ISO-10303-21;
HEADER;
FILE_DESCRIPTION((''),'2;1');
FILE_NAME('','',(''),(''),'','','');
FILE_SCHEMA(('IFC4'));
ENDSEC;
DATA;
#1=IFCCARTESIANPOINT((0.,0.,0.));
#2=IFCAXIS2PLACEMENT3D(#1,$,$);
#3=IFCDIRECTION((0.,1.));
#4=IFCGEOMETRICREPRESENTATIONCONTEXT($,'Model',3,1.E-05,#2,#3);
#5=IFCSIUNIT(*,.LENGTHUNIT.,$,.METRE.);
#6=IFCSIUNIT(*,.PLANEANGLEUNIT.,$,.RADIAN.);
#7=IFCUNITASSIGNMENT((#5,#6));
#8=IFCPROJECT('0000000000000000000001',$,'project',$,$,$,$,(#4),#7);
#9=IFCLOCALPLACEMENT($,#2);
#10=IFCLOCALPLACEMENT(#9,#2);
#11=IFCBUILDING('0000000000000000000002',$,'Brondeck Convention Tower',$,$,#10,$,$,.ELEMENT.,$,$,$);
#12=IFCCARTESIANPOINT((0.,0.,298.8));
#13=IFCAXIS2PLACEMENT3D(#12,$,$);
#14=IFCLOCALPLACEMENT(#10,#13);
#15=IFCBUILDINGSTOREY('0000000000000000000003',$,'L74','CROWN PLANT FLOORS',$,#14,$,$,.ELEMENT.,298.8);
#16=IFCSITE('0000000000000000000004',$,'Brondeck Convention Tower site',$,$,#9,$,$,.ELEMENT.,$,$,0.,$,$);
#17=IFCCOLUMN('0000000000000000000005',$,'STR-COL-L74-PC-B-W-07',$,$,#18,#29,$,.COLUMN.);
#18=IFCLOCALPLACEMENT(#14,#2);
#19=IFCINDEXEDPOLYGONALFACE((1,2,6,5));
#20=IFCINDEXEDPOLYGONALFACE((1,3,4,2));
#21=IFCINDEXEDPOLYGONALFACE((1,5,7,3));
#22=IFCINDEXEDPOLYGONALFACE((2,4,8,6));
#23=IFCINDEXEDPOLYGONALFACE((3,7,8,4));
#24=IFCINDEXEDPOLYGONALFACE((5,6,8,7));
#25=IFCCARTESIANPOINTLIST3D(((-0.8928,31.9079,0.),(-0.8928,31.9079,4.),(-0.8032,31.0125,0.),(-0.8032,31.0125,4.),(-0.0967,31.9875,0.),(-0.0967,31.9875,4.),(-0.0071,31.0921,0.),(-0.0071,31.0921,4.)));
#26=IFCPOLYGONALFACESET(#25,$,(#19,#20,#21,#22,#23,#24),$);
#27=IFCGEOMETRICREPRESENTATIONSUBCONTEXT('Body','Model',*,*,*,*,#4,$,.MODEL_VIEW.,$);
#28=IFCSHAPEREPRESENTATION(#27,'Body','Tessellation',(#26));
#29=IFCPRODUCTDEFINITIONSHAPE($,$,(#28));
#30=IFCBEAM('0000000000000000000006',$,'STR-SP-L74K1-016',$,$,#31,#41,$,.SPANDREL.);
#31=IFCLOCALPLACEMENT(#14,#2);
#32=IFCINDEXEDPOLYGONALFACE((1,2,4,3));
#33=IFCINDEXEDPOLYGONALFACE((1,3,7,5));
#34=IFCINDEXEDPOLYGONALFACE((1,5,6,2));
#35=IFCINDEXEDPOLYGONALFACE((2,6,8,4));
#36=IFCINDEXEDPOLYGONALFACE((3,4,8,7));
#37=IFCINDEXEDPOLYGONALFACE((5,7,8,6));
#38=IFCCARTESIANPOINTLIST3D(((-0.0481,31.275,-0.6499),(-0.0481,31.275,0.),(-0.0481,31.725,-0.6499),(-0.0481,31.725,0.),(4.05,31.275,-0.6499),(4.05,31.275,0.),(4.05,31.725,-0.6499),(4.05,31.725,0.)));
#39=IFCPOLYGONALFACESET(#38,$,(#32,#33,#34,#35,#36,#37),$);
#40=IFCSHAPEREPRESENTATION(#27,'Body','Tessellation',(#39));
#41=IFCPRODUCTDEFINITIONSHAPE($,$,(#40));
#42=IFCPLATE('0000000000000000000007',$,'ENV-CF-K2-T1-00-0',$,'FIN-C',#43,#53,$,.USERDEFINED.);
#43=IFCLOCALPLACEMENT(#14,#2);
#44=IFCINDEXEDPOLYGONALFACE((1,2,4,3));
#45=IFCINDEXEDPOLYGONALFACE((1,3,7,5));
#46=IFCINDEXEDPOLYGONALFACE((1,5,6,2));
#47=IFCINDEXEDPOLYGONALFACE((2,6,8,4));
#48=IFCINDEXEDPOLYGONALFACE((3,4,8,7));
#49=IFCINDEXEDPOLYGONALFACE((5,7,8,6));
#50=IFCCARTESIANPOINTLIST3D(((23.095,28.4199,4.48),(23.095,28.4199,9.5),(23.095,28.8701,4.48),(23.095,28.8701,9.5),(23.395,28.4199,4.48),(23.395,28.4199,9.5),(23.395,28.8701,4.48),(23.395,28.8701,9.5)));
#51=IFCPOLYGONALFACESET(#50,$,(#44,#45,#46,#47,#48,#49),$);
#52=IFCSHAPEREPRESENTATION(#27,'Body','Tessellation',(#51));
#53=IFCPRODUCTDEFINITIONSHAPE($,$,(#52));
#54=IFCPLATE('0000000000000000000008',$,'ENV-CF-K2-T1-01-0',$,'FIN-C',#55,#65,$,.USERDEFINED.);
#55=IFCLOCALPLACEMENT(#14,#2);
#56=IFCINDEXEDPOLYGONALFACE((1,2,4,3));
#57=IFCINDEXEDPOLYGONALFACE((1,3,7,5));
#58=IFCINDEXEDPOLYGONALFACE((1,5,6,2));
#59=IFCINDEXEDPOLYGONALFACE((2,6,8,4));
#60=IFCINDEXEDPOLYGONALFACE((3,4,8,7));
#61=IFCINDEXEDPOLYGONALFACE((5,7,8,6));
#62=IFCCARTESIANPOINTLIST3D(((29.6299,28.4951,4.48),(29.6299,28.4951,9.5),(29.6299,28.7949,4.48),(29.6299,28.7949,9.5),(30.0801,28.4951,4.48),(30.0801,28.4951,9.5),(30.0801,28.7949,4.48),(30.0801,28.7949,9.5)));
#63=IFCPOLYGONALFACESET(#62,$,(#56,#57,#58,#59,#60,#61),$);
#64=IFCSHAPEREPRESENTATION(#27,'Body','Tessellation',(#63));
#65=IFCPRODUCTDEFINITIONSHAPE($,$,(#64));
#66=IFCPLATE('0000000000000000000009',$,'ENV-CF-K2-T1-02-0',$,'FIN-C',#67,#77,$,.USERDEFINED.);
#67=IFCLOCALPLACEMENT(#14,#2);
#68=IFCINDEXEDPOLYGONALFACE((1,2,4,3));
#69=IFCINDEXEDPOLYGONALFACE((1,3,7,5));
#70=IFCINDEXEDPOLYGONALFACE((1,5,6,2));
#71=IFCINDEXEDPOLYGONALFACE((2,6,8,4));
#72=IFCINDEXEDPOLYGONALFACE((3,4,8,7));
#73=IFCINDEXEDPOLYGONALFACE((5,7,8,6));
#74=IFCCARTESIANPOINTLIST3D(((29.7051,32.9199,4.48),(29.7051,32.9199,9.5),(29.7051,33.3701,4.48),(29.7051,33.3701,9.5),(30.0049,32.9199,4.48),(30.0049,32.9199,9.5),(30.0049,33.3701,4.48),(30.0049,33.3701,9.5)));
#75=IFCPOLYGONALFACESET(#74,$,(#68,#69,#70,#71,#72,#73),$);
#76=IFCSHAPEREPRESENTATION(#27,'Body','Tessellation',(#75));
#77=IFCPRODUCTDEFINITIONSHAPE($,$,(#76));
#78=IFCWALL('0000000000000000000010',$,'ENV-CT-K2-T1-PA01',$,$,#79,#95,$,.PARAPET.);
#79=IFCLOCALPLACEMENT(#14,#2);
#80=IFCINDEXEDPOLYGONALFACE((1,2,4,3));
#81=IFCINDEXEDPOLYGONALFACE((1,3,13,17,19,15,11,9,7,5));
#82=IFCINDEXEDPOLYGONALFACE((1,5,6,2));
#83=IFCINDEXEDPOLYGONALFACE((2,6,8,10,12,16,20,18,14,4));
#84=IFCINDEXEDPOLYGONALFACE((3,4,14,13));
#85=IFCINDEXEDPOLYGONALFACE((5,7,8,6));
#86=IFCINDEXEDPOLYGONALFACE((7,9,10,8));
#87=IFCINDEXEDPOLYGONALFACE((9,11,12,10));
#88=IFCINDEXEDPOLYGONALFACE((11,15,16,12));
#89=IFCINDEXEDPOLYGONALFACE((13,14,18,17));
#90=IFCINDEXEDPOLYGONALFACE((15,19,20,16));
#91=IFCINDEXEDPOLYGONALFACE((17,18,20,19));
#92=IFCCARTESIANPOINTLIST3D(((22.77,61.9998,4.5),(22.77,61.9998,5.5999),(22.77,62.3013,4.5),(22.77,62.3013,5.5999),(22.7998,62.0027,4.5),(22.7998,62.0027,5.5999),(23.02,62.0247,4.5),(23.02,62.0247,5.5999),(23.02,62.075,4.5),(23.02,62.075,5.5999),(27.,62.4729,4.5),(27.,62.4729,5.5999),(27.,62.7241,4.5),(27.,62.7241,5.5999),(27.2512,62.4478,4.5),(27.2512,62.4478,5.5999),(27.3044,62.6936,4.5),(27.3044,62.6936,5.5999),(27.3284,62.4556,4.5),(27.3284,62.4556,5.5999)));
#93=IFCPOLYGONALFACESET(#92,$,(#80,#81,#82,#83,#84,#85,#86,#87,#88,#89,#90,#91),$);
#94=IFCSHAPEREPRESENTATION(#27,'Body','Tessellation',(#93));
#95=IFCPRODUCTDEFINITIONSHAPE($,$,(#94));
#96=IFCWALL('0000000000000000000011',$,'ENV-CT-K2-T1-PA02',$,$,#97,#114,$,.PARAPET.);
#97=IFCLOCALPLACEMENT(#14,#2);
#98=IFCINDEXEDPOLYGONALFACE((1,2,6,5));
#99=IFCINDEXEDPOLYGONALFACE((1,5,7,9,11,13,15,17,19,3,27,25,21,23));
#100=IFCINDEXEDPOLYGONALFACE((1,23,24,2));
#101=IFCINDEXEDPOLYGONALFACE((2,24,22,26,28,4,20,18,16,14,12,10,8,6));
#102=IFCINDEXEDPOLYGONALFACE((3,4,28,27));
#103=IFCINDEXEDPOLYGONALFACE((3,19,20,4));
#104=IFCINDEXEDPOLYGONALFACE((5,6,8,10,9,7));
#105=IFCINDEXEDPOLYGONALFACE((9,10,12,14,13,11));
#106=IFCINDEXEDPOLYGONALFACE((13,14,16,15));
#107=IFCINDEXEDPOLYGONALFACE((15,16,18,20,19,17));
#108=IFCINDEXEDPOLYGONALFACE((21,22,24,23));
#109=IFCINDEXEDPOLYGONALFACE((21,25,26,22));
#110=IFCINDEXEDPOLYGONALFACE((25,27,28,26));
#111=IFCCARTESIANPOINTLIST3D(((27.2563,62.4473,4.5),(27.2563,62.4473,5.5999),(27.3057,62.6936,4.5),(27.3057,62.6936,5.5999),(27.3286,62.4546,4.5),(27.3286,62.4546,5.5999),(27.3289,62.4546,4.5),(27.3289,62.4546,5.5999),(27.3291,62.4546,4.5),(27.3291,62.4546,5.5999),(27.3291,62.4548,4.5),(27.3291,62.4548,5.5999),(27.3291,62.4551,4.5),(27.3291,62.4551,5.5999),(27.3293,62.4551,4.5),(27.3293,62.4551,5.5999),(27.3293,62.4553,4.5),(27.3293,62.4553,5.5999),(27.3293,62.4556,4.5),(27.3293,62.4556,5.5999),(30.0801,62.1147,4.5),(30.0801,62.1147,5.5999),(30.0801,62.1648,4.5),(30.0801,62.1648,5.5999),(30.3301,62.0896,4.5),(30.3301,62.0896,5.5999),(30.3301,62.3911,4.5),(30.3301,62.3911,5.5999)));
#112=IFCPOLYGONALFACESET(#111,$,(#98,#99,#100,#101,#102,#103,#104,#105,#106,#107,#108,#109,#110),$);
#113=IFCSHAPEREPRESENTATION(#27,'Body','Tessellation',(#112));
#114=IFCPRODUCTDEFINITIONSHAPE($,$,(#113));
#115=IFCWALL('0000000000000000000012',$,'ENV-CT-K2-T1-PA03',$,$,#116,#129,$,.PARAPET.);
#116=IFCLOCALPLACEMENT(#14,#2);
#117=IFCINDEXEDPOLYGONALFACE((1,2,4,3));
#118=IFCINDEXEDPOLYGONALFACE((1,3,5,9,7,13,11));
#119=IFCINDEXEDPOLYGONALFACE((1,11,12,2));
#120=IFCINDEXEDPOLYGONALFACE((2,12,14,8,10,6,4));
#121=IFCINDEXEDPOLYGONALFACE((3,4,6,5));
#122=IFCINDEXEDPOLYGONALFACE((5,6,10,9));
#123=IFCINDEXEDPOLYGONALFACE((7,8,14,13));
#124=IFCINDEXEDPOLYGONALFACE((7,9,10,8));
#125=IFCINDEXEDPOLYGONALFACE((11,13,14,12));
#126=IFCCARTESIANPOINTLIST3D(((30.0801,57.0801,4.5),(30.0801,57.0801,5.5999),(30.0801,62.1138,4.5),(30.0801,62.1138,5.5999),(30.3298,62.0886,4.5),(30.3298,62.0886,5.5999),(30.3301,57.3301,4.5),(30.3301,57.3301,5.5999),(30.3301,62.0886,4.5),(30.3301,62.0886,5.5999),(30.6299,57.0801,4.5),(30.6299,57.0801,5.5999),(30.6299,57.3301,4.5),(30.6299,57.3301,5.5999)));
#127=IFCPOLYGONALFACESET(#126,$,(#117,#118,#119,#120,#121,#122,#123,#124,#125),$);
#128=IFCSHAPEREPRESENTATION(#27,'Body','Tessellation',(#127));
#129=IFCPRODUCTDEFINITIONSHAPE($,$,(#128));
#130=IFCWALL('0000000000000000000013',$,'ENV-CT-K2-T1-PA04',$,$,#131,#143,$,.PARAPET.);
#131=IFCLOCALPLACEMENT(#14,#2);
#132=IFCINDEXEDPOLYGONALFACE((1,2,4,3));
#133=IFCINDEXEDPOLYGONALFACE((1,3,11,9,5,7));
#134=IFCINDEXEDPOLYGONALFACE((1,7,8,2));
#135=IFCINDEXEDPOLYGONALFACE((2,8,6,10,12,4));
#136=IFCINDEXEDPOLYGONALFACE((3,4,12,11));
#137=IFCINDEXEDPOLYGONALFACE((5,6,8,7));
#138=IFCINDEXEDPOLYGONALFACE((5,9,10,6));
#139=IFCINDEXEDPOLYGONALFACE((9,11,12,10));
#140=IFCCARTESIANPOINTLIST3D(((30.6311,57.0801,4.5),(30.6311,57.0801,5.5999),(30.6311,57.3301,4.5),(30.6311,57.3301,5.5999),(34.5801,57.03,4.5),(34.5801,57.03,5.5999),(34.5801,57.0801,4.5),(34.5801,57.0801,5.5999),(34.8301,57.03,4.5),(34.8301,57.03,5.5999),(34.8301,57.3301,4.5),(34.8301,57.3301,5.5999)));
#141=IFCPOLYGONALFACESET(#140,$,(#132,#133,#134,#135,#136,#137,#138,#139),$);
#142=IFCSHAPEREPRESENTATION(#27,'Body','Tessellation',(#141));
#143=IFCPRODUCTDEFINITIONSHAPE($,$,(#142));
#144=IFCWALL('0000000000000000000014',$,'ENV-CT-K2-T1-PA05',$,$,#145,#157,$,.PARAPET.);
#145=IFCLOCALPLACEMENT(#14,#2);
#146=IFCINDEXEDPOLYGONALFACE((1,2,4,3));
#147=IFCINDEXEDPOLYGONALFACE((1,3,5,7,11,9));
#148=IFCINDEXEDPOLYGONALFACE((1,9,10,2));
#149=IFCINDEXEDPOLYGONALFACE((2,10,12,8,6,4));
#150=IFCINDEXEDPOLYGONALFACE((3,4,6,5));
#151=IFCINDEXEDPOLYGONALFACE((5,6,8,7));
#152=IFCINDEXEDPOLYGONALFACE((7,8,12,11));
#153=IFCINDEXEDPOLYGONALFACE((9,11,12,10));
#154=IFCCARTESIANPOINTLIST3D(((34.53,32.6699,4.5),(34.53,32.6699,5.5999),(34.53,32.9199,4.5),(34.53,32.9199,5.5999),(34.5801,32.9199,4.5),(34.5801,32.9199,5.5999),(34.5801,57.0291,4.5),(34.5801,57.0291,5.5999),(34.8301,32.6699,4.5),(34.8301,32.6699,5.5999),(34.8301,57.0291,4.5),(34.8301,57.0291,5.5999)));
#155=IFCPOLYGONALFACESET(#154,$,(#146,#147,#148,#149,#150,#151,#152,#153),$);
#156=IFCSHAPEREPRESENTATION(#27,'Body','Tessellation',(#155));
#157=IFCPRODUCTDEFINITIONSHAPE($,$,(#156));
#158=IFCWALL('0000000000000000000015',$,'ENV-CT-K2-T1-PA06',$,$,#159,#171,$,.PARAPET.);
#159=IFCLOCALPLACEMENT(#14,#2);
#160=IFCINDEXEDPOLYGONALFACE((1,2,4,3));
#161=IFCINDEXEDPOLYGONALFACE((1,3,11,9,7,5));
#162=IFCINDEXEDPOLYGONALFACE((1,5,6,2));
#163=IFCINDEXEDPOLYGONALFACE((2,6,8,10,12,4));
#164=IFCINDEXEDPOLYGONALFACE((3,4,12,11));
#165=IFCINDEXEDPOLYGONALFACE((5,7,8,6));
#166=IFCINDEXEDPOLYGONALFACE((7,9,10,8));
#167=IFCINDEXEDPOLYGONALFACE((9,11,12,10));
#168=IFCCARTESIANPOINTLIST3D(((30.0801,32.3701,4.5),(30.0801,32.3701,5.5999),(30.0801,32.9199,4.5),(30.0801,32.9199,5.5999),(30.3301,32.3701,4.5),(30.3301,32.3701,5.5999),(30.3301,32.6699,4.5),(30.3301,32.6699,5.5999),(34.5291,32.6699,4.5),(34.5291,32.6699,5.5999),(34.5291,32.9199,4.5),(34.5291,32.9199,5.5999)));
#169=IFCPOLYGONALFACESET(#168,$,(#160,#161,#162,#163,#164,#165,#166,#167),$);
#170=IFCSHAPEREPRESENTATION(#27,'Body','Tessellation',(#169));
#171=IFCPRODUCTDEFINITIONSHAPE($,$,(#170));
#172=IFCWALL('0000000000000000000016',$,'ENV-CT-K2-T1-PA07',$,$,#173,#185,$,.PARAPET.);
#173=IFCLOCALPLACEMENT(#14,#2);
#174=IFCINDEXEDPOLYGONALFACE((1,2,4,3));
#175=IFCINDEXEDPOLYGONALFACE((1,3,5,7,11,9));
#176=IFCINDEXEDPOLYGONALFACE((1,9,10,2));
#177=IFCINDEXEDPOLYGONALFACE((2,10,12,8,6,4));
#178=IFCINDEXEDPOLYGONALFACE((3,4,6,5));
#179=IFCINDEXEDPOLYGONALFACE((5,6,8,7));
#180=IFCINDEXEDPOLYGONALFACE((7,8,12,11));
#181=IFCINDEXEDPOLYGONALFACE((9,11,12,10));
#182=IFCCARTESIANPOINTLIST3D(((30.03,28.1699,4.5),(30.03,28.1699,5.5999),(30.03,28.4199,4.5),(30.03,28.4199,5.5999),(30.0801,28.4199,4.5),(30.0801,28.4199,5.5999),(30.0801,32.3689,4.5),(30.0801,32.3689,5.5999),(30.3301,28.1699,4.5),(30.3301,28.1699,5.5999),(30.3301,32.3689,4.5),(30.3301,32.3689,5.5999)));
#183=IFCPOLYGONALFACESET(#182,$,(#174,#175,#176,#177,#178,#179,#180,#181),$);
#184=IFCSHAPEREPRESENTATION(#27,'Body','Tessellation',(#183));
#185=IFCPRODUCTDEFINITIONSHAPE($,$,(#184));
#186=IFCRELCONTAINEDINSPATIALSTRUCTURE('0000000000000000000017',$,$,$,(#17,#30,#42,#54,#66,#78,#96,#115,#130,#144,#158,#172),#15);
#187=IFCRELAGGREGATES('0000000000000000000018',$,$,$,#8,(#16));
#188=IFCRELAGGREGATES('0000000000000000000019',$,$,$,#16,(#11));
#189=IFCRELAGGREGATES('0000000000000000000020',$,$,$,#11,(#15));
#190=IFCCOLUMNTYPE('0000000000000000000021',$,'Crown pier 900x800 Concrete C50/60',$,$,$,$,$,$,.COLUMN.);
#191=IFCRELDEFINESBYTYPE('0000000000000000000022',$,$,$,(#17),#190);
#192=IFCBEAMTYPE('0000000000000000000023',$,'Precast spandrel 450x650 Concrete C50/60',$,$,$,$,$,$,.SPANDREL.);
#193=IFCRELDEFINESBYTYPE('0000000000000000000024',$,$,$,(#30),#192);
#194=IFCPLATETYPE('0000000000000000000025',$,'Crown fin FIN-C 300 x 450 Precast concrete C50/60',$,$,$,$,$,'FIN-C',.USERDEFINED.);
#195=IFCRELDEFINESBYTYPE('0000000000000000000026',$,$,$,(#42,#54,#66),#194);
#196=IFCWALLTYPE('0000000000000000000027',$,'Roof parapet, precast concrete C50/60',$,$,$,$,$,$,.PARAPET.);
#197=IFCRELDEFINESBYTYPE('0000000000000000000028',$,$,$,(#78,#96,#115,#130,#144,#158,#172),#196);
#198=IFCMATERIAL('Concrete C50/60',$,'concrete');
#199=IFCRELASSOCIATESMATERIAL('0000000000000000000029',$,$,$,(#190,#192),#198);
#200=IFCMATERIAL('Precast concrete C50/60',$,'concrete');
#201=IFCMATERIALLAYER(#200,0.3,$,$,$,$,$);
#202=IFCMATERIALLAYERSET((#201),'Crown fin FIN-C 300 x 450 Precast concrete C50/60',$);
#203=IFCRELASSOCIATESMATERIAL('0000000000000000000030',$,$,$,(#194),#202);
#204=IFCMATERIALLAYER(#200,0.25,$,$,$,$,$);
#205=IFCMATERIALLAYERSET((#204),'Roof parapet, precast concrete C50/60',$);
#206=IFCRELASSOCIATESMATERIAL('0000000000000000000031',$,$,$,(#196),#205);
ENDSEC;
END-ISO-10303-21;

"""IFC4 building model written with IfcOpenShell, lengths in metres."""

from ifc_helpers import new_model, si_unit, direction, frame, origin, origin_2d, place, context, subcontext, project, spatial, polyline, rectangle, outline, extrude, material, layer, layer_set, material_profile, profile_set, type_object, element, save


model = new_model("IFC4")

# Units and contexts
model_context = context("Model", 3, precision=1e-05, world=origin(), true_north=direction((0.0, 1.0)))
body_context = subcontext(model_context, "Body", "Model", "MODEL_VIEW")
ifc_project = project(units=[si_unit("LENGTHUNIT", "METRE"), si_unit("PLANEANGLEUNIT", "RADIAN")], contexts=[model_context])

# Site, building, storey
site_placement = place(None, origin())
site = spatial("IfcSite", under=ifc_project, at=site_placement, Name="Brondeck Convention Tower site", CompositionType="ELEMENT", RefElevation=0.0)
building_placement = place(site_placement, origin())
building = spatial("IfcBuilding", under=site, at=building_placement, Name="Brondeck Convention Tower", CompositionType="ELEMENT")
storey_placement = place(building_placement, frame((0.0, 0.0, 298.8)))
storey = spatial("IfcBuildingStorey", under=building, at=storey_placement, Name="L74", Description="CROWN PLANT FLOORS", CompositionType="ELEMENT", Elevation=298.8)

# Column
ifc_material_1 = material(Name="Concrete C50/60", Category="concrete")
ifc_material_profile_1 = material_profile(ifc_material_1, rectangle(XDim=0.8999, YDim=0.8, at=origin_2d()), Name="Crown pier 900x800 Concrete C50/60")
ifc_profile_set_1 = profile_set([ifc_material_profile_1], Name="Concrete C50/60")
column_type = type_object("IfcColumnType", Name="Crown pier 900x800 Concrete C50/60", PredefinedType="COLUMN", material=ifc_profile_set_1)
column_placement = place(storey_placement, frame((-0.45, 31.5, 0.0), z_axis=(0.0, 0.0, 1.0), x_axis=(0.099504, -0.995037, 0.0)))
element("IfcColumn", 1, at=column_placement, inside=storey, type_object=column_type, Name="STR-COL-L74-PC-B-W-07", PredefinedType="COLUMN", context=body_context, shape_type="SweptSolid", body=[
    extrude(rectangle(XDim=0.8999, YDim=0.8, at=origin_2d()), origin(), (0.0, 0.0, 1.0), 4.0),
])

# Beam
ifc_material_profile_2 = material_profile(ifc_material_1, rectangle(XDim=0.45, YDim=0.6499, at=origin_2d()), Name="Precast spandrel 450x650 Concrete C50/60")
ifc_profile_set_2 = profile_set([ifc_material_profile_2], Name="Concrete C50/60")
beam_type = type_object("IfcBeamType", Name="Precast spandrel 450x650 Concrete C50/60", PredefinedType="SPANDREL", material=ifc_profile_set_2)
beam_placement = place(storey_placement, frame((-0.0481, 31.5, -0.325), z_axis=(1.0, 0.0, 0.0), x_axis=(0.0, 1.0, 0.0)))
element("IfcBeam", 2, at=beam_placement, inside=storey, type_object=beam_type, Name="STR-SP-L74K1-016", PredefinedType="SPANDREL", context=body_context, shape_type="SweptSolid", body=[
    extrude(rectangle(XDim=0.45, YDim=0.6499, at=origin_2d()), origin(), (0.0, 0.0, 1.0), 4.0981),
])

# Plates
ifc_material_2 = material(Name="Precast concrete C50/60", Category="concrete")
ifc_layer_1 = layer(ifc_material_2, 0.3)
ifc_layer_set_1 = layer_set([ifc_layer_1], Name="Crown fin FIN-C 300 x 450 Precast concrete C50/60")
plate_type = type_object("IfcPlateType", Name="Crown fin FIN-C 300 x 450 Precast concrete C50/60", ElementType="FIN-C", PredefinedType="USERDEFINED", material=ifc_layer_set_1)
plate_1_placement = place(storey_placement, frame((0.0, 0.0, 4.48)))
element("IfcPlate", 3, at=plate_1_placement, inside=storey, type_object=plate_type, Name="ENV-CF-K2-T1-00-0", ObjectType="FIN-C", PredefinedType="USERDEFINED", context=body_context, shape_type="SweptSolid", body=[
    extrude(outline(polyline([(23.395, 28.8701), (23.095, 28.8701), (23.095, 28.4199), (23.395, 28.4199), (23.395, 28.8701)])), origin(), (0.0, 0.0, 1.0), 5.02),
])
plate_2_placement = place(storey_placement, frame((0.0, 0.0, 4.48)))
element("IfcPlate", 4, at=plate_2_placement, inside=storey, type_object=plate_type, Name="ENV-CF-K2-T1-01-0", ObjectType="FIN-C", PredefinedType="USERDEFINED", context=body_context, shape_type="SweptSolid", body=[
    extrude(outline(polyline([(29.6299, 28.7949), (29.6299, 28.4951), (30.0801, 28.4951), (30.0801, 28.7949), (29.6299, 28.7949)])), origin(), (0.0, 0.0, 1.0), 5.02),
])
plate_3_placement = place(storey_placement, frame((0.0, 0.0, 4.48)))
element("IfcPlate", 5, at=plate_3_placement, inside=storey, type_object=plate_type, Name="ENV-CF-K2-T1-02-0", ObjectType="FIN-C", PredefinedType="USERDEFINED", context=body_context, shape_type="SweptSolid", body=[
    extrude(outline(polyline([(30.0049, 33.3701), (29.7051, 33.3701), (29.7051, 32.9199), (30.0049, 32.9199), (30.0049, 33.3701)])), origin(), (0.0, 0.0, 1.0), 5.02),
])

# Walls
ifc_layer_2 = layer(ifc_material_2, 0.25)
ifc_layer_set_2 = layer_set([ifc_layer_2], Name="Roof parapet, precast concrete C50/60")
wall_type = type_object("IfcWallType", Name="Roof parapet, precast concrete C50/60", PredefinedType="PARAPET", material=ifc_layer_set_2)
wall_1_placement = place(storey_placement, frame((0.0, 0.0, 4.5)))
element("IfcWall", 6, at=wall_1_placement, inside=storey, type_object=wall_type, Name="ENV-CT-K2-T1-PA01", PredefinedType="PARAPET", context=body_context, shape_type="SweptSolid", body=[
    extrude(outline(polyline([(27.3284, 62.4556), (27.3044, 62.6936), (27.0, 62.7241), (22.77, 62.3013), (22.77, 61.9998), (22.7998, 62.0027), (23.02, 62.0247), (23.02, 62.075), (27.0, 62.4729), (27.2512, 62.4478), (27.3284, 62.4556)])), origin(), (0.0, 0.0, 1.0), 1.0999),
])
wall_2_placement = place(storey_placement, frame((0.0, 0.0, 4.5)))
element("IfcWall", 7, at=wall_2_placement, inside=storey, type_object=wall_type, Name="ENV-CT-K2-T1-PA02", PredefinedType="PARAPET", context=body_context, shape_type="SweptSolid", body=[
    extrude(outline(polyline([(30.0801, 62.1648), (30.0801, 62.1147), (30.3301, 62.0896), (30.3301, 62.3911), (27.3057, 62.6936), (27.3293, 62.4556), (27.3293, 62.4556), (27.3293, 62.4553), (27.3293, 62.4553), (27.3293, 62.4551), (27.3293, 62.4551), (27.3291, 62.4551), (27.3291, 62.4551), (27.3291, 62.4548), (27.3291, 62.4548), (27.3291, 62.4546), (27.3289, 62.4546), (27.3289, 62.4546), (27.3286, 62.4546), (27.3286, 62.4546), (27.3286, 62.4546), (27.3286, 62.4546), (27.2563, 62.4473), (30.0801, 62.1648)])), origin(), (0.0, 0.0, 1.0), 1.0999),
])
wall_3_placement = place(storey_placement, frame((0.0, 0.0, 4.5)))
element("IfcWall", 8, at=wall_3_placement, inside=storey, type_object=wall_type, Name="ENV-CT-K2-T1-PA03", PredefinedType="PARAPET", context=body_context, shape_type="SweptSolid", body=[
    extrude(outline(polyline([(30.0801, 57.0801), (30.6299, 57.0801), (30.6299, 57.3301), (30.3301, 57.3301), (30.3301, 62.0886), (30.3301, 62.0886), (30.3298, 62.0886), (30.0801, 62.1138), (30.0801, 57.0801)])), origin(), (0.0, 0.0, 1.0), 1.0999),
])
wall_4_placement = place(storey_placement, frame((0.0, 0.0, 4.5)))
element("IfcWall", 9, at=wall_4_placement, inside=storey, type_object=wall_type, Name="ENV-CT-K2-T1-PA04", PredefinedType="PARAPET", context=body_context, shape_type="SweptSolid", body=[
    extrude(outline(polyline([(34.5801, 57.0801), (34.5801, 57.03), (34.8301, 57.03), (34.8301, 57.3301), (30.6311, 57.3301), (30.6311, 57.0801), (34.5801, 57.0801)])), origin(), (0.0, 0.0, 1.0), 1.0999),
])
wall_5_placement = place(storey_placement, frame((0.0, 0.0, 4.5)))
element("IfcWall", 10, at=wall_5_placement, inside=storey, type_object=wall_type, Name="ENV-CT-K2-T1-PA05", PredefinedType="PARAPET", context=body_context, shape_type="SweptSolid", body=[
    extrude(outline(polyline([(34.5801, 32.9199), (34.53, 32.9199), (34.53, 32.6699), (34.8301, 32.6699), (34.8301, 57.0291), (34.5801, 57.0291), (34.5801, 32.9199)])), origin(), (0.0, 0.0, 1.0), 1.0999),
])
wall_6_placement = place(storey_placement, frame((0.0, 0.0, 4.5)))
element("IfcWall", 11, at=wall_6_placement, inside=storey, type_object=wall_type, Name="ENV-CT-K2-T1-PA06", PredefinedType="PARAPET", context=body_context, shape_type="SweptSolid", body=[
    extrude(outline(polyline([(30.0801, 32.9199), (30.0801, 32.3701), (30.3301, 32.3701), (30.3301, 32.6699), (34.5291, 32.6699), (34.5291, 32.9199), (30.0801, 32.9199)])), origin(), (0.0, 0.0, 1.0), 1.0999),
])
wall_7_placement = place(storey_placement, frame((0.0, 0.0, 4.5)))
element("IfcWall", 12, at=wall_7_placement, inside=storey, type_object=wall_type, Name="ENV-CT-K2-T1-PA07", PredefinedType="PARAPET", context=body_context, shape_type="SweptSolid", body=[
    extrude(outline(polyline([(30.0801, 28.4199), (30.03, 28.4199), (30.03, 28.1699), (30.3301, 28.1699), (30.3301, 32.3689), (30.3301, 32.3689), (30.0801, 32.3689), (30.0801, 28.4199)])), origin(), (0.0, 0.0, 1.0), 1.0999),
])

save(model, "model.ifc")
